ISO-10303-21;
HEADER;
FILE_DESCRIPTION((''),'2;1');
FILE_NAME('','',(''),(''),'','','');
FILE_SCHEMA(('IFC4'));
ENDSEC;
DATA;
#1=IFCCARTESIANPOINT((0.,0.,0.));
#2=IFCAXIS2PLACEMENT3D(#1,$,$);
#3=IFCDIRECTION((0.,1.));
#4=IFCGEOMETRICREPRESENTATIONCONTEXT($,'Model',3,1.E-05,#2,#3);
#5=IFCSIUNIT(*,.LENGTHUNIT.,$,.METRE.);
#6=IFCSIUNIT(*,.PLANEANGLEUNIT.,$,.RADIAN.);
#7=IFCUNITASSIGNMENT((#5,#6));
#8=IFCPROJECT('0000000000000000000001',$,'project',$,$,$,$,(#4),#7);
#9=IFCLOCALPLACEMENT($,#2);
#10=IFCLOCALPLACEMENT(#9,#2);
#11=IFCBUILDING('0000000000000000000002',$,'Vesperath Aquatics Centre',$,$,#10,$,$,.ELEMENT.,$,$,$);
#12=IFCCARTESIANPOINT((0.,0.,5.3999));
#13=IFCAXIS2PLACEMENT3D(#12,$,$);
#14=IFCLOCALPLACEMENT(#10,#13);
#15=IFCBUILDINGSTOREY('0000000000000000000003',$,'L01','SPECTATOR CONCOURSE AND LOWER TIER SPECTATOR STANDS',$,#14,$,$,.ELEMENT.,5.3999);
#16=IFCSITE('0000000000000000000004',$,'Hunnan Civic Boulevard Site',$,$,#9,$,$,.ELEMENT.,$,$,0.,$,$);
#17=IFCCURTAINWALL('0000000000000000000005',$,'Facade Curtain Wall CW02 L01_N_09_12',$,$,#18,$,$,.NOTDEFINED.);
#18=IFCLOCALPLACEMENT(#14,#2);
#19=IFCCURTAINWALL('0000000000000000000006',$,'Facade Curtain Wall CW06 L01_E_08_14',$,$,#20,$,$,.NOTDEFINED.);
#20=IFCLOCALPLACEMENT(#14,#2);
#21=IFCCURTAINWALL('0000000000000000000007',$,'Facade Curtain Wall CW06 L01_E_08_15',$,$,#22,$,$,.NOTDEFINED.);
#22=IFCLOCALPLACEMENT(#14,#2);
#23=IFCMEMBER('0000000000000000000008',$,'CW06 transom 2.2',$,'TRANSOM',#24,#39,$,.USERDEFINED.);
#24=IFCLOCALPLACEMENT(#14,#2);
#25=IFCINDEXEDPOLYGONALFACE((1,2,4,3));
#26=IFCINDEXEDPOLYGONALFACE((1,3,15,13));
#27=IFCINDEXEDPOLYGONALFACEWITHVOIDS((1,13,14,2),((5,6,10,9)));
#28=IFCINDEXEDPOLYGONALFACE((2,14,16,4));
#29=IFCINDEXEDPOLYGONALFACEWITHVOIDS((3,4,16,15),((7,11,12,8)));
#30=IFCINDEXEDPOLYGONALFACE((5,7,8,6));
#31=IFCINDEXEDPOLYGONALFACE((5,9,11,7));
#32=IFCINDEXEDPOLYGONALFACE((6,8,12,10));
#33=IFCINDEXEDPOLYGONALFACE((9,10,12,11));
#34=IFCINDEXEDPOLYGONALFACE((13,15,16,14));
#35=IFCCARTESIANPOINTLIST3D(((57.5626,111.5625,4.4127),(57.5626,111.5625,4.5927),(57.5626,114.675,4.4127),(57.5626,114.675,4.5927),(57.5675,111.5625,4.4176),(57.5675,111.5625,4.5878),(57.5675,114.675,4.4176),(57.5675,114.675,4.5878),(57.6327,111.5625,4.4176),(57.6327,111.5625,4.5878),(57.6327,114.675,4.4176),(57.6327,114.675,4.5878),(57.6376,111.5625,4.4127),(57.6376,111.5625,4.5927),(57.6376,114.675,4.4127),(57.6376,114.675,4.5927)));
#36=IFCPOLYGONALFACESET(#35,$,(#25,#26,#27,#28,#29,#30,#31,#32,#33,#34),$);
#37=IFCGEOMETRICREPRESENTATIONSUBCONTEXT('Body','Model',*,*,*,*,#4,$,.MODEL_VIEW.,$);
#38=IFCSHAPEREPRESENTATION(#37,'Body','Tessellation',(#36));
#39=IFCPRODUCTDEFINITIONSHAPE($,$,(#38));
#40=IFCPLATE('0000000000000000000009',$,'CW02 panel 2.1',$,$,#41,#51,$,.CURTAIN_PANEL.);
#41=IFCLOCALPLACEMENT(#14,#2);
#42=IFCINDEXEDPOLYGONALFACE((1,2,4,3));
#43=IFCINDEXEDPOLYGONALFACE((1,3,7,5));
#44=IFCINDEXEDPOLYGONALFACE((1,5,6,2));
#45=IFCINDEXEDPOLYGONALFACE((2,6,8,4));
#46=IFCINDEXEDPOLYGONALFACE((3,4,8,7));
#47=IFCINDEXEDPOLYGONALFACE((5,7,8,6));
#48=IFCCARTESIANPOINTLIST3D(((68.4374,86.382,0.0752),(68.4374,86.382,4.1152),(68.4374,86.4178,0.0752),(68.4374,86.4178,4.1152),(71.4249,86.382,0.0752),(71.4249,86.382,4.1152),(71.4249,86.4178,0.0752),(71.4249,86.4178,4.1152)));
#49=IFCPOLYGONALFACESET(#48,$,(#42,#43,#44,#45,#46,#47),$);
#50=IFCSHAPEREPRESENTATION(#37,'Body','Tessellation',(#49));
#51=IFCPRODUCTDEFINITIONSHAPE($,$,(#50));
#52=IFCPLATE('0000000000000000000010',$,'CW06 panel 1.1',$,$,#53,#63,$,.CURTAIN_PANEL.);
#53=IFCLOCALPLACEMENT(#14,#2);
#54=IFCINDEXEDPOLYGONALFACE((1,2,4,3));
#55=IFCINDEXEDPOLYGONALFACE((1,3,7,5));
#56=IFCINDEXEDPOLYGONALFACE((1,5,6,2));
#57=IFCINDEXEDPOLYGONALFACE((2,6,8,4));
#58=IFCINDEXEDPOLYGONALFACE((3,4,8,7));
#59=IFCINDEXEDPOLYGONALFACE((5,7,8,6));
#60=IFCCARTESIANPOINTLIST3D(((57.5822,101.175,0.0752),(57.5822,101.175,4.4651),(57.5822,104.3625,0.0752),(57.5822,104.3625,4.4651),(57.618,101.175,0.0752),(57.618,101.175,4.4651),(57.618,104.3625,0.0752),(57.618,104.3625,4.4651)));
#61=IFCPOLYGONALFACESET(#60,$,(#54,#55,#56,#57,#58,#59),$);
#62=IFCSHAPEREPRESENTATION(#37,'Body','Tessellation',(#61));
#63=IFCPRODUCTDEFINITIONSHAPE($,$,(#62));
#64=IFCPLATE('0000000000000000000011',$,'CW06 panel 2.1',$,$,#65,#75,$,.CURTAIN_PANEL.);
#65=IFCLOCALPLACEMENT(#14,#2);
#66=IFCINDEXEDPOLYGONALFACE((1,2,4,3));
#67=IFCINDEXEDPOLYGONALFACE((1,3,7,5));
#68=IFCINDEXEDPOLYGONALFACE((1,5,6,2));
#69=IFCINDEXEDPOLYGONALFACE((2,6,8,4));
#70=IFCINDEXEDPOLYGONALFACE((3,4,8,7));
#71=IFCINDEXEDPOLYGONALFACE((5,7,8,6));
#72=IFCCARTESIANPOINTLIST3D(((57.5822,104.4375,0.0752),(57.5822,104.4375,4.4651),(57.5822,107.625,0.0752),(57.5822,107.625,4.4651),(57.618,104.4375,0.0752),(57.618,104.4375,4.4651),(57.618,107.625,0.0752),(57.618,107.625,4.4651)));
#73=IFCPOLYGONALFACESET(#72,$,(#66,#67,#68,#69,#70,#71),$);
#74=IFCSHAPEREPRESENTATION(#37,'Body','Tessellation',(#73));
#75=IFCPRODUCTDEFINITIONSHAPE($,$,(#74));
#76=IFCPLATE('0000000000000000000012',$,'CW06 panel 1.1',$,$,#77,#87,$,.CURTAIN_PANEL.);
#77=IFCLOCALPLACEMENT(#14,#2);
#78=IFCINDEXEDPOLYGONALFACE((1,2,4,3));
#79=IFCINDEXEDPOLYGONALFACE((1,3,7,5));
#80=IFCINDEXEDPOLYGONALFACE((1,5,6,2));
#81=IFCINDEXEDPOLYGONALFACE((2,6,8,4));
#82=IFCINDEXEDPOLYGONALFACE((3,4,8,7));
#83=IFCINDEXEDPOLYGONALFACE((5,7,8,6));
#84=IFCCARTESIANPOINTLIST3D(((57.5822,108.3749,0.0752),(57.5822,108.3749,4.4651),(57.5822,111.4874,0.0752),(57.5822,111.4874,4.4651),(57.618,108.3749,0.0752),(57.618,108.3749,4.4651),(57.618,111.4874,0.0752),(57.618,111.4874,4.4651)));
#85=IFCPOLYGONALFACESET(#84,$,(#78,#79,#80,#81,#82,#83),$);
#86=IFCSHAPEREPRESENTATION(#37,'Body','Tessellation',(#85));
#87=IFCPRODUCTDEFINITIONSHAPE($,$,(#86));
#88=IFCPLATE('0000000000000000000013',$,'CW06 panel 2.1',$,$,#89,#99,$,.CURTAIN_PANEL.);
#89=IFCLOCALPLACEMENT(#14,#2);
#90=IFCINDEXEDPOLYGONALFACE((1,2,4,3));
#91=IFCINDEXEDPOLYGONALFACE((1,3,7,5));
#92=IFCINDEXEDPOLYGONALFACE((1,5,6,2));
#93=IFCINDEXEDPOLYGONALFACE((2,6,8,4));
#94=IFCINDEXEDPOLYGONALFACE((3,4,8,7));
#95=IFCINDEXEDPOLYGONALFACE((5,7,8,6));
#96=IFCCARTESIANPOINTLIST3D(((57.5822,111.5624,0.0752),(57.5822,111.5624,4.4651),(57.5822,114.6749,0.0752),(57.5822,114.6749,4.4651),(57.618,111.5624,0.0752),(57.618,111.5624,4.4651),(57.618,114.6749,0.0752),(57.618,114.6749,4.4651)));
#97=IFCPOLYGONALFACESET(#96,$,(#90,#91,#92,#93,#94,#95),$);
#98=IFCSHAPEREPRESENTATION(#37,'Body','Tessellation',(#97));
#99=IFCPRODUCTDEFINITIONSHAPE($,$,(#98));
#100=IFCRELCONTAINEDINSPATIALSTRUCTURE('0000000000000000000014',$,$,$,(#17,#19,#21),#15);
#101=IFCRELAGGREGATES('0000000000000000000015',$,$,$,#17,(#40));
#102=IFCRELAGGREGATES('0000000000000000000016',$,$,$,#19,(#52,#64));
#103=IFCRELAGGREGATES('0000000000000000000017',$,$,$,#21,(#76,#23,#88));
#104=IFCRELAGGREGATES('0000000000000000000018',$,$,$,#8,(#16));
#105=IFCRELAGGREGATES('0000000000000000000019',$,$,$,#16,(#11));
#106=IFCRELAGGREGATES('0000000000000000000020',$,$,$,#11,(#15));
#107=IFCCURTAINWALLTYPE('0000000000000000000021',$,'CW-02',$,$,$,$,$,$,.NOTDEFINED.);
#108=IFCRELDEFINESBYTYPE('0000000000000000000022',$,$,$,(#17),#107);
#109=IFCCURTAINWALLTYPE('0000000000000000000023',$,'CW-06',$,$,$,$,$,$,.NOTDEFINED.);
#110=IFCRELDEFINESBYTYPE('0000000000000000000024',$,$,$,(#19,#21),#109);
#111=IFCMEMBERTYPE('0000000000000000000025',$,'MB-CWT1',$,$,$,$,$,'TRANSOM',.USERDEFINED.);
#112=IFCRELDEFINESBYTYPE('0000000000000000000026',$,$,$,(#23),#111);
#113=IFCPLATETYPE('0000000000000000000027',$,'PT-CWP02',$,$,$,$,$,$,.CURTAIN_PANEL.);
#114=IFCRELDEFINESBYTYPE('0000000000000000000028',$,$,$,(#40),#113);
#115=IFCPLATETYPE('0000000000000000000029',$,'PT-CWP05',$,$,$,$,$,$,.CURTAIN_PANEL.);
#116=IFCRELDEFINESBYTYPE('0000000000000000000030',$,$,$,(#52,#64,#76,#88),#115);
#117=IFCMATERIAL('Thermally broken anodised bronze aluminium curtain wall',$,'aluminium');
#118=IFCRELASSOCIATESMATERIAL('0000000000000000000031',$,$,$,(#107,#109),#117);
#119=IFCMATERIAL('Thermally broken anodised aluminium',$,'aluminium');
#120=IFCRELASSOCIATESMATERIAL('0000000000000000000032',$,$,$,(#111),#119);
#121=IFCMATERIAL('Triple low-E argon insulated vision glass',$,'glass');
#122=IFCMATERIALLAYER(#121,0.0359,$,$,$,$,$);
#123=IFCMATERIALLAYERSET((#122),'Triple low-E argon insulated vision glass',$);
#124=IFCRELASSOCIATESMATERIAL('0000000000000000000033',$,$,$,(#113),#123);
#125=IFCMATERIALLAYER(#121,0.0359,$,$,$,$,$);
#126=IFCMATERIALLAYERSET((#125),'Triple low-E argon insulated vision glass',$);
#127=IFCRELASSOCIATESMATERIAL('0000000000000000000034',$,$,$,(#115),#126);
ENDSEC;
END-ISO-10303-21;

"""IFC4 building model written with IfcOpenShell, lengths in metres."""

from ifc_helpers import new_model, si_unit, direction, frame, origin, origin_2d, place, context, subcontext, project, spatial, rectangle, hollow_rectangle, extrude, material, layer, layer_set, material_profile, profile_set, type_object, element, aggregate, save


model = new_model("IFC4")

# Units and contexts
model_context = context("Model", 3, precision=1e-05, world=origin(), true_north=direction((0.0, 1.0)))
body_context = subcontext(model_context, "Body", "Model", "MODEL_VIEW")
ifc_project = project(units=[si_unit("LENGTHUNIT", "METRE"), si_unit("PLANEANGLEUNIT", "RADIAN")], contexts=[model_context])

# Site, building, storey
site_placement = place(None, origin())
site = spatial("IfcSite", under=ifc_project, at=site_placement, Name="Hunnan Civic Boulevard Site", CompositionType="ELEMENT", RefElevation=0.0)
building_placement = place(site_placement, origin())
building = spatial("IfcBuilding", under=site, at=building_placement, Name="Vesperath Aquatics Centre", CompositionType="ELEMENT")
storey_placement = place(building_placement, frame((0.0, 0.0, 5.3999)))
storey = spatial("IfcBuildingStorey", under=building, at=storey_placement, Name="L01", Description="SPECTATOR CONCOURSE AND LOWER TIER SPECTATOR STANDS", CompositionType="ELEMENT", Elevation=5.3999)

# Curtain wall
ifc_material_1 = material(Name="Thermally broken anodised bronze aluminium curtain wall", Category="aluminium")
curtain_wall_type_1 = type_object("IfcCurtainWallType", Name="CW-02", PredefinedType="NOTDEFINED", material=ifc_material_1)
curtain_wall_1_placement = place(storey_placement, origin())
curtain_wall_1 = element("IfcCurtainWall", 1, at=curtain_wall_1_placement, inside=storey, type_object=curtain_wall_type_1, Name="Facade Curtain Wall CW02 L01_N_09_12", PredefinedType="NOTDEFINED")
ifc_material_2 = material(Name="Thermally broken anodised aluminium", Category="aluminium")

# Shared definitions
curtain_wall_type_2 = type_object("IfcCurtainWallType", Name="CW-06", PredefinedType="NOTDEFINED", material=ifc_material_1)

# Curtain walls
curtain_wall_2_placement = place(storey_placement, origin())
curtain_wall_2 = element("IfcCurtainWall", 2, at=curtain_wall_2_placement, inside=storey, type_object=curtain_wall_type_2, Name="Facade Curtain Wall CW06 L01_E_08_14", PredefinedType="NOTDEFINED")
curtain_wall_3_placement = place(storey_placement, origin())
curtain_wall_3 = element("IfcCurtainWall", 3, at=curtain_wall_3_placement, inside=storey, type_object=curtain_wall_type_2, Name="Facade Curtain Wall CW06 L01_E_08_15", PredefinedType="NOTDEFINED")

# Member
ifc_material_profile_1 = material_profile(ifc_material_2, hollow_rectangle(XDim=0.075, YDim=0.1799, WallThickness=0.0049, at=origin_2d()), Name="CWT 75x180x5")
ifc_profile_set_1 = profile_set([ifc_material_profile_1], Name="Thermally broken anodised aluminium")
member_type_1 = type_object("IfcMemberType", Name="MB-CWT1", ElementType="TRANSOM", PredefinedType="USERDEFINED", material=ifc_profile_set_1)
member_1_placement = place(storey_placement, frame((57.6001, 111.5625, 4.5027), z_axis=(0.0, 1.0, 0.0), x_axis=(-1.0, 0.0, 0.0)))
member_1 = element("IfcMember", 4, at=member_1_placement, type_object=member_type_1, Name="CW06 transom 2.2", ObjectType="TRANSOM", PredefinedType="USERDEFINED", context=body_context, shape_type="SweptSolid", body=[
    extrude(hollow_rectangle(XDim=0.075, YDim=0.1799, WallThickness=0.0049, at=origin_2d()), origin(), (0.0, 0.0, 1.0), 3.1125),
])

# Plates
ifc_material_3 = material(Name="Triple low-E argon insulated vision glass", Category="glass")
ifc_layer_1 = layer(ifc_material_3, 0.0359)
ifc_layer_set_1 = layer_set([ifc_layer_1], Name="Triple low-E argon insulated vision glass")
plate_type_1 = type_object("IfcPlateType", Name="PT-CWP02", PredefinedType="CURTAIN_PANEL", material=ifc_layer_set_1)
plate_1_placement = place(storey_placement, frame((69.9312, 86.3999, 0.0752), z_axis=(0.0, 0.0, 1.0), x_axis=(1.0, 0.0, 0.0)))
plate_1 = element("IfcPlate", 5, at=plate_1_placement, type_object=plate_type_1, Name="CW02 panel 2.1", PredefinedType="CURTAIN_PANEL", context=body_context, shape_type="SweptSolid", body=[
    extrude(rectangle(XDim=2.9875, YDim=0.0359, at=origin_2d()), origin(), (0.0, 0.0, 1.0), 4.04),
])
aggregate(curtain_wall_1, [plate_1])
ifc_layer_2 = layer(ifc_material_3, 0.0359)
ifc_layer_set_2 = layer_set([ifc_layer_2], Name="Triple low-E argon insulated vision glass")
plate_type_2 = type_object("IfcPlateType", Name="PT-CWP05", PredefinedType="CURTAIN_PANEL", material=ifc_layer_set_2)
plate_2_placement = place(storey_placement, frame((57.6001, 102.7688, 0.0752), z_axis=(0.0, 0.0, 1.0), x_axis=(0.0, 1.0, 0.0)))
plate_2 = element("IfcPlate", 6, at=plate_2_placement, type_object=plate_type_2, Name="CW06 panel 1.1", PredefinedType="CURTAIN_PANEL", context=body_context, shape_type="SweptSolid", body=[
    extrude(rectangle(XDim=3.1875, YDim=0.0359, at=origin_2d()), origin(), (0.0, 0.0, 1.0), 4.3899),
])
plate_3_placement = place(storey_placement, frame((57.6001, 106.0312, 0.0752), z_axis=(0.0, 0.0, 1.0), x_axis=(0.0, 1.0, 0.0)))
plate_3 = element("IfcPlate", 7, at=plate_3_placement, type_object=plate_type_2, Name="CW06 panel 2.1", PredefinedType="CURTAIN_PANEL", context=body_context, shape_type="SweptSolid", body=[
    extrude(rectangle(XDim=3.1875, YDim=0.0359, at=origin_2d()), origin(), (0.0, 0.0, 1.0), 4.3899),
])
aggregate(curtain_wall_2, [plate_2, plate_3])
plate_4_placement = place(storey_placement, frame((57.6001, 109.9312, 0.0752), z_axis=(0.0, 0.0, 1.0), x_axis=(0.0, 1.0, 0.0)))
plate_4 = element("IfcPlate", 8, at=plate_4_placement, type_object=plate_type_2, Name="CW06 panel 1.1", PredefinedType="CURTAIN_PANEL", context=body_context, shape_type="SweptSolid", body=[
    extrude(rectangle(XDim=3.1125, YDim=0.0359, at=origin_2d()), origin(), (0.0, 0.0, 1.0), 4.3899),
])
plate_5_placement = place(storey_placement, frame((57.6001, 113.1187, 0.0752), z_axis=(0.0, 0.0, 1.0), x_axis=(0.0, 1.0, 0.0)))
plate_5 = element("IfcPlate", 9, at=plate_5_placement, type_object=plate_type_2, Name="CW06 panel 2.1", PredefinedType="CURTAIN_PANEL", context=body_context, shape_type="SweptSolid", body=[
    extrude(rectangle(XDim=3.1125, YDim=0.0359, at=origin_2d()), origin(), (0.0, 0.0, 1.0), 4.3899),
])
aggregate(curtain_wall_3, [plate_4, member_1, plate_5])

save(model, "model.ifc")
